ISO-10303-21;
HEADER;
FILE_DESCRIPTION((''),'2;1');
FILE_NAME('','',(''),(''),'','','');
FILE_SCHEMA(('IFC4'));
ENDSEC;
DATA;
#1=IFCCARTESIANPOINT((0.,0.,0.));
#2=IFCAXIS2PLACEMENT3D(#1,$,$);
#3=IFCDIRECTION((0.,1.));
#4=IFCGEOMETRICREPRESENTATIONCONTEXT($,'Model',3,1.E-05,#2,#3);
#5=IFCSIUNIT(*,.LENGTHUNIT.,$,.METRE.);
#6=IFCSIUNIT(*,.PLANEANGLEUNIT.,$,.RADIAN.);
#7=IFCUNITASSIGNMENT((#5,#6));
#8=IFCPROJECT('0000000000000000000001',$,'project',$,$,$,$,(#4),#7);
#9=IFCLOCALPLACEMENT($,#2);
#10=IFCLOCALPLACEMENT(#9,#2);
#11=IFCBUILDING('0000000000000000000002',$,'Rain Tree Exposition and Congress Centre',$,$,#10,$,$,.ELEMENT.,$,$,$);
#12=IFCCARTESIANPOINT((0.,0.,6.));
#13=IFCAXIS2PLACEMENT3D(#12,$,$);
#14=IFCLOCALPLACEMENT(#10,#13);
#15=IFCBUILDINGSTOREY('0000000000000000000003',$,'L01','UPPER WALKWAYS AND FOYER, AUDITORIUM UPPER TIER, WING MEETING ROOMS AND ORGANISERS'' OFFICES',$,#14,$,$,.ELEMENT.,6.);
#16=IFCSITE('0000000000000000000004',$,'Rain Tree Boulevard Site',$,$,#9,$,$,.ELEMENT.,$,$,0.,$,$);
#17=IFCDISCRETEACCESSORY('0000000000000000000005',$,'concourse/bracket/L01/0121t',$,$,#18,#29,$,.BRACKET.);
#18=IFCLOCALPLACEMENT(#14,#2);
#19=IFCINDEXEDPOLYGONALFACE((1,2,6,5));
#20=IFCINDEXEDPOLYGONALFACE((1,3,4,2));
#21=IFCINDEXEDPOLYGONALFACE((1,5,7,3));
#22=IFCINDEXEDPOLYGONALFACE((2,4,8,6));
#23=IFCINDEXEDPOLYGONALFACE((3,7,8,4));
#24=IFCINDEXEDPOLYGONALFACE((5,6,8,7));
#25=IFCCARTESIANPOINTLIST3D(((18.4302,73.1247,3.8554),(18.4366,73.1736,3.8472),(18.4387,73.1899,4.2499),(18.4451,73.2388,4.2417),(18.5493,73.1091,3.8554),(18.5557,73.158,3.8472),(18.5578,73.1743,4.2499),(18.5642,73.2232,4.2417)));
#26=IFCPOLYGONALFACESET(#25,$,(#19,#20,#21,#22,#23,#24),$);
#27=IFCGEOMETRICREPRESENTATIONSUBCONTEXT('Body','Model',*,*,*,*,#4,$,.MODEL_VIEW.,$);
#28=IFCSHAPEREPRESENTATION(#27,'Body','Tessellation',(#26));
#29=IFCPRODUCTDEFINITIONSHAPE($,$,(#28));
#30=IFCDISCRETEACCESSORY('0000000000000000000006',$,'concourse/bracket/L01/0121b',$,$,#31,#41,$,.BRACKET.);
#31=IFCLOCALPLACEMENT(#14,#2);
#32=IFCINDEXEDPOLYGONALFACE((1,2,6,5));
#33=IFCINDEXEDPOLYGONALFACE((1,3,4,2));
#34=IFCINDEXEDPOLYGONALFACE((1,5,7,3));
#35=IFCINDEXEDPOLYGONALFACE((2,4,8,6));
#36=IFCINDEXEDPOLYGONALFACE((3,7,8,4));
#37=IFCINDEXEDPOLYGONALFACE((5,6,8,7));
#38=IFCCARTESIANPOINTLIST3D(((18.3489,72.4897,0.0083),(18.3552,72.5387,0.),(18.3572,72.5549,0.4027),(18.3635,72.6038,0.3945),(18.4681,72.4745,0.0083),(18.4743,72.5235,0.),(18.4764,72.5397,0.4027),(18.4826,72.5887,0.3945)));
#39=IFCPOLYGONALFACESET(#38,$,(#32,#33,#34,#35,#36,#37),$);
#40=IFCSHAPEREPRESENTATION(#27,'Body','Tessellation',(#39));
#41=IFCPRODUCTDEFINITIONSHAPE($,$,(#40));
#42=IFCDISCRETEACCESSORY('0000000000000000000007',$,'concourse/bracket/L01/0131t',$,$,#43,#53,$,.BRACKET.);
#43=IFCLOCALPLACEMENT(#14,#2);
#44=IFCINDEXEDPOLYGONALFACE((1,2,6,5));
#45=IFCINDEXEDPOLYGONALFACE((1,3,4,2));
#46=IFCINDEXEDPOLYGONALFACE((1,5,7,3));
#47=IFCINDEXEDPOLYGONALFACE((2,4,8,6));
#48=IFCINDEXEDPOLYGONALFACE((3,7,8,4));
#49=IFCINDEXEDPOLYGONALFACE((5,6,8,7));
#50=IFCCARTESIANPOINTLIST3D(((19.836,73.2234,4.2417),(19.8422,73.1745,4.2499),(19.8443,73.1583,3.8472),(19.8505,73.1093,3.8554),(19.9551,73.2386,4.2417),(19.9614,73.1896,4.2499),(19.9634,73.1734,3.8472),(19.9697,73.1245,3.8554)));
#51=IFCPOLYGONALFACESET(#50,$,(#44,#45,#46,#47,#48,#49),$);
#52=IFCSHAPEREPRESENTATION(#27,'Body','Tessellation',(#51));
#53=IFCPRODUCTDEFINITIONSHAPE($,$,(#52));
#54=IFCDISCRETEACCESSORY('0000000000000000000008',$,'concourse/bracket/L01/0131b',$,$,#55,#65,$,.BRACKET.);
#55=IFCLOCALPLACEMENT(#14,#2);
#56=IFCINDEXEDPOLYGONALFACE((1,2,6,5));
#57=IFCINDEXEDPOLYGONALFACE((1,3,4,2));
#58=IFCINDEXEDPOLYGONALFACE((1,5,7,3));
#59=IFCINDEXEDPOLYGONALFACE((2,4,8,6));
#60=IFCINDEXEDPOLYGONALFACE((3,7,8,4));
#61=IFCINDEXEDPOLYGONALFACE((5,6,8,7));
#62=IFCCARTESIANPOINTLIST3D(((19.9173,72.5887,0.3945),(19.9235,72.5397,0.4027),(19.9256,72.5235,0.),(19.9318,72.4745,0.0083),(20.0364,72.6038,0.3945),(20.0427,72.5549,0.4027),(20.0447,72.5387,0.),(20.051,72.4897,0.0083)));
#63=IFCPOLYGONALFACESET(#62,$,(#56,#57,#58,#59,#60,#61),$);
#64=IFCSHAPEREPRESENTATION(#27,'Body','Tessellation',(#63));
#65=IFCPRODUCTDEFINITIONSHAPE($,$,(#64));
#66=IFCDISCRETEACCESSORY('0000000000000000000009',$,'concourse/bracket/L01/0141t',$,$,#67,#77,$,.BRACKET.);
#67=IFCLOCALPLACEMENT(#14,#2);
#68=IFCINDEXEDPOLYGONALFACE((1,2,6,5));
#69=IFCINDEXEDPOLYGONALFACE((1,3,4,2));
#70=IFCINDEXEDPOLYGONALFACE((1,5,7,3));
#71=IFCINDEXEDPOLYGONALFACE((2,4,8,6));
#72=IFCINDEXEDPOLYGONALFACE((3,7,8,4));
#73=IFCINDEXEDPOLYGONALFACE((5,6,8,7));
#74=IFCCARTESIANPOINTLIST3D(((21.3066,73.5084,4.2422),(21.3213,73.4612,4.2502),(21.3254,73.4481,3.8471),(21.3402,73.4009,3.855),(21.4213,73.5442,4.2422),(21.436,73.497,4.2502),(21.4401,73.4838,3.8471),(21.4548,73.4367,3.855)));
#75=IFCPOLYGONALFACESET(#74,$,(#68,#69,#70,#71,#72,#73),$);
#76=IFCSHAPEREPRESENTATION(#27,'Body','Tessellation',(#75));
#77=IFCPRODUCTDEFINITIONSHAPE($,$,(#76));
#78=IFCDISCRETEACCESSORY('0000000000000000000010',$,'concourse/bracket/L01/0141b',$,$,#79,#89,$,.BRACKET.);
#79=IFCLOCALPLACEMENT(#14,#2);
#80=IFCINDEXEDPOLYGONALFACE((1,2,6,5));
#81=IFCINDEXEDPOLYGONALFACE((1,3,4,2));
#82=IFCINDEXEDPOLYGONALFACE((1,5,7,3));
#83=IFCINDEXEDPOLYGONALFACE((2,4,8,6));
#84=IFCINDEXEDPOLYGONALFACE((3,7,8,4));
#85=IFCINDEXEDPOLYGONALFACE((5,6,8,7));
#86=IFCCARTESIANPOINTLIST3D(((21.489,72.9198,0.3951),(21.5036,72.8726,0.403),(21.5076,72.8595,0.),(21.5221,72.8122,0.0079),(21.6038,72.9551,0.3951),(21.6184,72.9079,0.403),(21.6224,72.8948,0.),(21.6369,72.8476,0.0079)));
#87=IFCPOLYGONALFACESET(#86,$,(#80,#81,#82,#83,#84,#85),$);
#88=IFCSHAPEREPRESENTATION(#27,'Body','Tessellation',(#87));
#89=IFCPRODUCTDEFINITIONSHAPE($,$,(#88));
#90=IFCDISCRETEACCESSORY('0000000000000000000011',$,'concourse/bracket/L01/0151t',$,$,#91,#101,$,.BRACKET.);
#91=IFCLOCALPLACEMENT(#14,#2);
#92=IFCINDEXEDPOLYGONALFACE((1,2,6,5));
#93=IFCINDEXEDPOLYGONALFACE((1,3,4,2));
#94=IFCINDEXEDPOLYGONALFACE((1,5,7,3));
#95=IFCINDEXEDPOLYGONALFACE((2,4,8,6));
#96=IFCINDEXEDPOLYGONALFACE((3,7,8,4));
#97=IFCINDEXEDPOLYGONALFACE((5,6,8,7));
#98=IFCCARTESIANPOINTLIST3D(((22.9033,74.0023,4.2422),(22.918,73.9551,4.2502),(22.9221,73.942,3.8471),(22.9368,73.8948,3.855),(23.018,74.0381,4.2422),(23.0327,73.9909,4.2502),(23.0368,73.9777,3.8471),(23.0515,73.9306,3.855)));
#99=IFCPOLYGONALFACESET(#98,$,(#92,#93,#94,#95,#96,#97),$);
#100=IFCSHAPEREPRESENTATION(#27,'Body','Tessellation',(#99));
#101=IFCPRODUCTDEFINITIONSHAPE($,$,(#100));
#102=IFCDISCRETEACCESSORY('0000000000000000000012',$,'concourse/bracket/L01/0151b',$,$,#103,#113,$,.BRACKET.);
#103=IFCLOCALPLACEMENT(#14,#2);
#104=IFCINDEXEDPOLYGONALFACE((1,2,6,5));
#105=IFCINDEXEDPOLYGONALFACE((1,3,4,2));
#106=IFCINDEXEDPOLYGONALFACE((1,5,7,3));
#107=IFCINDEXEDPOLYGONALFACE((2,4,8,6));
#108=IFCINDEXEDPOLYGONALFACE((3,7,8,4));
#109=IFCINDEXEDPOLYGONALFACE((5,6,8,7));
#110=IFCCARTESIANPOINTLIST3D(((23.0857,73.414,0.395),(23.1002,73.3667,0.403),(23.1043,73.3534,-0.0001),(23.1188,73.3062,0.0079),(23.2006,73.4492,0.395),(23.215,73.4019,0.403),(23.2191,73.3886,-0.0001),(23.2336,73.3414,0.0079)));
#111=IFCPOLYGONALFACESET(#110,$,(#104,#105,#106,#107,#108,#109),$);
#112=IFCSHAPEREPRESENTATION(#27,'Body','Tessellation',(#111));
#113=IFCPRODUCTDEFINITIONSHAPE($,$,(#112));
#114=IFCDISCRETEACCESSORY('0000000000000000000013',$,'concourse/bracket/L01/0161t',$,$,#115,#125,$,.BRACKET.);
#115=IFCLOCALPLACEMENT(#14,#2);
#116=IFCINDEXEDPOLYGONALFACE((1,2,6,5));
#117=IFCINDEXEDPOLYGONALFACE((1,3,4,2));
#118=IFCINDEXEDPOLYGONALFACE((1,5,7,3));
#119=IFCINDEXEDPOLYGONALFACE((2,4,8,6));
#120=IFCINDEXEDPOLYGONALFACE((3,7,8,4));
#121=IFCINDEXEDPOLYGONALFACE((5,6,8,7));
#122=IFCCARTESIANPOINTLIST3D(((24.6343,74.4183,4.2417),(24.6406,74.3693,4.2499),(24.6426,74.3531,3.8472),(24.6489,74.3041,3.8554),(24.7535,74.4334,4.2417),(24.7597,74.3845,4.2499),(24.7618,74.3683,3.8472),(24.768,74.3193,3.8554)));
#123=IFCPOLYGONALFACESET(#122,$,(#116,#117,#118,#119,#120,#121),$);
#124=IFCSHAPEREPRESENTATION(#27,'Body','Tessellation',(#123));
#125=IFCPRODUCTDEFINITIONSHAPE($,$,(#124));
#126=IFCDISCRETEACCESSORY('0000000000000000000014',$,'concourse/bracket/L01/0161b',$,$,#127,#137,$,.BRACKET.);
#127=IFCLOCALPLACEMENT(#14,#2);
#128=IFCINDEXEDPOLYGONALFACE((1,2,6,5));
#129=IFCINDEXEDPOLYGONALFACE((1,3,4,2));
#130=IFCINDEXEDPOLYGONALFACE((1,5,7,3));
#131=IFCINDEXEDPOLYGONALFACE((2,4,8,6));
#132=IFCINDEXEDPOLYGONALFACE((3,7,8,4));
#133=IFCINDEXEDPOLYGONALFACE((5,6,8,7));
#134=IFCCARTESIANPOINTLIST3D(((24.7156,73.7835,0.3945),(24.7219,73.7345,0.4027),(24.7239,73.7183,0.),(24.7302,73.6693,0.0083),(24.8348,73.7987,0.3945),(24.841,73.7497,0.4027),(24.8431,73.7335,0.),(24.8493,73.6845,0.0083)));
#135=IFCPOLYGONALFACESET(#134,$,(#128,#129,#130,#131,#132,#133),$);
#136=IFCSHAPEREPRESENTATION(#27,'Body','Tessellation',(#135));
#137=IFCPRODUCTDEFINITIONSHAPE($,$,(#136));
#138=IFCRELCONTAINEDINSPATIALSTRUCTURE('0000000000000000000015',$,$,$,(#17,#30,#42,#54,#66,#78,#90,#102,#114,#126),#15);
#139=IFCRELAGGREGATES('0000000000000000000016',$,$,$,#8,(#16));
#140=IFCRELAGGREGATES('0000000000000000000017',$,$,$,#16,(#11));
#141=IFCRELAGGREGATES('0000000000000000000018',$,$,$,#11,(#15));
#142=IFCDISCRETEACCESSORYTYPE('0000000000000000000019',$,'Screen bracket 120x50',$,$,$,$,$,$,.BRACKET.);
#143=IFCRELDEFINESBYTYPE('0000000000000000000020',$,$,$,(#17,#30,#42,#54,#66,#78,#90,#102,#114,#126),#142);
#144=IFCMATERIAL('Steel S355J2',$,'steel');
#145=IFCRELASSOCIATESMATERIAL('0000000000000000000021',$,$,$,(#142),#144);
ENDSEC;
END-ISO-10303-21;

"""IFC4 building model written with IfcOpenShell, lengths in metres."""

from ifc_helpers import new_model, si_unit, direction, frame, origin, origin_2d, place, context, subcontext, project, spatial, rectangle, extrude, material, material_profile, profile_set, type_object, element, save


model = new_model("IFC4")

# Units and contexts
model_context = context("Model", 3, precision=1e-05, world=origin(), true_north=direction((0.0, 1.0)))
body_context = subcontext(model_context, "Body", "Model", "MODEL_VIEW")
ifc_project = project(units=[si_unit("LENGTHUNIT", "METRE"), si_unit("PLANEANGLEUNIT", "RADIAN")], contexts=[model_context])

# Site, building, storey
site_placement = place(None, origin())
site = spatial("IfcSite", under=ifc_project, at=site_placement, Name="Rain Tree Boulevard Site", CompositionType="ELEMENT", RefElevation=0.0)
building_placement = place(site_placement, origin())
building = spatial("IfcBuilding", under=site, at=building_placement, Name="Rain Tree Exposition and Congress Centre", CompositionType="ELEMENT")
storey_placement = place(building_placement, frame((0.0, 0.0, 6.0)))
storey = spatial("IfcBuildingStorey", under=building, at=storey_placement, Name="L01", Description="UPPER WALKWAYS AND FOYER, AUDITORIUM UPPER TIER, WING MEETING ROOMS AND ORGANISERS' OFFICES", CompositionType="ELEMENT", Elevation=6.0)

# Discrete accessories
ifc_material_1 = material(Name="Steel S355J2", Category="steel")
ifc_material_profile_1 = material_profile(ifc_material_1, rectangle(XDim=0.1201, YDim=0.05, at=origin_2d()), Name="Flat bar 120x50")
ifc_profile_set_1 = profile_set([ifc_material_profile_1], Name="Steel S355J2")
discrete_accessory_type = type_object("IfcDiscreteAccessoryType", Name="Screen bracket 120x50", PredefinedType="BRACKET", material=ifc_profile_set_1)
for number, where, z_axis, x_axis, name in (
    (1, (18.4929, 73.1414, 3.8513), (0.021364, 0.162976, 0.986399), (-0.991517, 0.129974, 0.0), "concourse/bracket/L01/0121t"),
    (2, (18.4116, 72.5066, 0.0042), (0.020754, 0.162978, 0.986411), (-0.991989, 0.126321, 0.0), "concourse/bracket/L01/0121b"),
    (3, (19.907, 73.1414, 3.8513), (-0.020754, 0.162978, 0.986411), (-0.991989, -0.126321, 0.0), "concourse/bracket/L01/0131t"),
    (4, (19.9883, 72.5066, 0.0042), (-0.020754, 0.162978, 0.986411), (-0.991989, -0.126321, 0.0), "concourse/bracket/L01/0131b"),
):
    element("IfcDiscreteAccessory", number, at=place(storey_placement, frame(where, z_axis=z_axis, x_axis=x_axis)), inside=storey, type_object=discrete_accessory_type, Name=name, PredefinedType="BRACKET", context=body_context, shape_type="SweptSolid", body=[
        extrude(rectangle(XDim=0.1201, YDim=0.05, at=origin_2d()), origin(), (0.0, 0.0, 1.0), 0.3999),
    ])
for number, where, z_axis, x_axis, name in (
    (5, (21.3901, 73.4424, 3.8511), (-0.046993, 0.150743, 0.987456), (-0.954686, -0.297615, 0.0), "concourse/bracket/L01/0141t"),
    (6, (21.5723, 72.8535, 0.0039), (-0.046384, 0.150747, 0.987484), (-0.955779, -0.294086, 0.0), "concourse/bracket/L01/0141b"),
    (7, (22.9868, 73.9363, 3.8511), (-0.046993, 0.150743, 0.987456), (-0.954686, -0.297615, 0.0), "concourse/bracket/L01/0151t"),
    (8, (23.1689, 73.3474, 0.0039), (-0.046379, 0.151343, 0.987393), (-0.956112, -0.293002, 0.0), "concourse/bracket/L01/0151b"),
):
    element("IfcDiscreteAccessory", number, at=place(storey_placement, frame(where, z_axis=z_axis, x_axis=x_axis)), inside=storey, type_object=discrete_accessory_type, Name=name, PredefinedType="BRACKET", context=body_context, shape_type="SweptSolid", body=[
        extrude(rectangle(XDim=0.1201, YDim=0.05, at=origin_2d()), origin(), (0.0, 0.0, 1.0), 0.4001),
    ])
for number, where, z_axis, x_axis, name in (
    (9, (24.7053, 74.3362, 3.8513), (-0.020754, 0.162978, 0.986411), (-0.991989, -0.126321, 0.0), "concourse/bracket/L01/0161t"),
    (10, (24.7866, 73.7014, 0.0042), (-0.020754, 0.162978, 0.986411), (-0.991989, -0.126321, 0.0), "concourse/bracket/L01/0161b"),
):
    element("IfcDiscreteAccessory", number, at=place(storey_placement, frame(where, z_axis=z_axis, x_axis=x_axis)), inside=storey, type_object=discrete_accessory_type, Name=name, PredefinedType="BRACKET", context=body_context, shape_type="SweptSolid", body=[
        extrude(rectangle(XDim=0.1201, YDim=0.05, at=origin_2d()), origin(), (0.0, 0.0, 1.0), 0.3999),
    ])

save(model, "model.ifc")
